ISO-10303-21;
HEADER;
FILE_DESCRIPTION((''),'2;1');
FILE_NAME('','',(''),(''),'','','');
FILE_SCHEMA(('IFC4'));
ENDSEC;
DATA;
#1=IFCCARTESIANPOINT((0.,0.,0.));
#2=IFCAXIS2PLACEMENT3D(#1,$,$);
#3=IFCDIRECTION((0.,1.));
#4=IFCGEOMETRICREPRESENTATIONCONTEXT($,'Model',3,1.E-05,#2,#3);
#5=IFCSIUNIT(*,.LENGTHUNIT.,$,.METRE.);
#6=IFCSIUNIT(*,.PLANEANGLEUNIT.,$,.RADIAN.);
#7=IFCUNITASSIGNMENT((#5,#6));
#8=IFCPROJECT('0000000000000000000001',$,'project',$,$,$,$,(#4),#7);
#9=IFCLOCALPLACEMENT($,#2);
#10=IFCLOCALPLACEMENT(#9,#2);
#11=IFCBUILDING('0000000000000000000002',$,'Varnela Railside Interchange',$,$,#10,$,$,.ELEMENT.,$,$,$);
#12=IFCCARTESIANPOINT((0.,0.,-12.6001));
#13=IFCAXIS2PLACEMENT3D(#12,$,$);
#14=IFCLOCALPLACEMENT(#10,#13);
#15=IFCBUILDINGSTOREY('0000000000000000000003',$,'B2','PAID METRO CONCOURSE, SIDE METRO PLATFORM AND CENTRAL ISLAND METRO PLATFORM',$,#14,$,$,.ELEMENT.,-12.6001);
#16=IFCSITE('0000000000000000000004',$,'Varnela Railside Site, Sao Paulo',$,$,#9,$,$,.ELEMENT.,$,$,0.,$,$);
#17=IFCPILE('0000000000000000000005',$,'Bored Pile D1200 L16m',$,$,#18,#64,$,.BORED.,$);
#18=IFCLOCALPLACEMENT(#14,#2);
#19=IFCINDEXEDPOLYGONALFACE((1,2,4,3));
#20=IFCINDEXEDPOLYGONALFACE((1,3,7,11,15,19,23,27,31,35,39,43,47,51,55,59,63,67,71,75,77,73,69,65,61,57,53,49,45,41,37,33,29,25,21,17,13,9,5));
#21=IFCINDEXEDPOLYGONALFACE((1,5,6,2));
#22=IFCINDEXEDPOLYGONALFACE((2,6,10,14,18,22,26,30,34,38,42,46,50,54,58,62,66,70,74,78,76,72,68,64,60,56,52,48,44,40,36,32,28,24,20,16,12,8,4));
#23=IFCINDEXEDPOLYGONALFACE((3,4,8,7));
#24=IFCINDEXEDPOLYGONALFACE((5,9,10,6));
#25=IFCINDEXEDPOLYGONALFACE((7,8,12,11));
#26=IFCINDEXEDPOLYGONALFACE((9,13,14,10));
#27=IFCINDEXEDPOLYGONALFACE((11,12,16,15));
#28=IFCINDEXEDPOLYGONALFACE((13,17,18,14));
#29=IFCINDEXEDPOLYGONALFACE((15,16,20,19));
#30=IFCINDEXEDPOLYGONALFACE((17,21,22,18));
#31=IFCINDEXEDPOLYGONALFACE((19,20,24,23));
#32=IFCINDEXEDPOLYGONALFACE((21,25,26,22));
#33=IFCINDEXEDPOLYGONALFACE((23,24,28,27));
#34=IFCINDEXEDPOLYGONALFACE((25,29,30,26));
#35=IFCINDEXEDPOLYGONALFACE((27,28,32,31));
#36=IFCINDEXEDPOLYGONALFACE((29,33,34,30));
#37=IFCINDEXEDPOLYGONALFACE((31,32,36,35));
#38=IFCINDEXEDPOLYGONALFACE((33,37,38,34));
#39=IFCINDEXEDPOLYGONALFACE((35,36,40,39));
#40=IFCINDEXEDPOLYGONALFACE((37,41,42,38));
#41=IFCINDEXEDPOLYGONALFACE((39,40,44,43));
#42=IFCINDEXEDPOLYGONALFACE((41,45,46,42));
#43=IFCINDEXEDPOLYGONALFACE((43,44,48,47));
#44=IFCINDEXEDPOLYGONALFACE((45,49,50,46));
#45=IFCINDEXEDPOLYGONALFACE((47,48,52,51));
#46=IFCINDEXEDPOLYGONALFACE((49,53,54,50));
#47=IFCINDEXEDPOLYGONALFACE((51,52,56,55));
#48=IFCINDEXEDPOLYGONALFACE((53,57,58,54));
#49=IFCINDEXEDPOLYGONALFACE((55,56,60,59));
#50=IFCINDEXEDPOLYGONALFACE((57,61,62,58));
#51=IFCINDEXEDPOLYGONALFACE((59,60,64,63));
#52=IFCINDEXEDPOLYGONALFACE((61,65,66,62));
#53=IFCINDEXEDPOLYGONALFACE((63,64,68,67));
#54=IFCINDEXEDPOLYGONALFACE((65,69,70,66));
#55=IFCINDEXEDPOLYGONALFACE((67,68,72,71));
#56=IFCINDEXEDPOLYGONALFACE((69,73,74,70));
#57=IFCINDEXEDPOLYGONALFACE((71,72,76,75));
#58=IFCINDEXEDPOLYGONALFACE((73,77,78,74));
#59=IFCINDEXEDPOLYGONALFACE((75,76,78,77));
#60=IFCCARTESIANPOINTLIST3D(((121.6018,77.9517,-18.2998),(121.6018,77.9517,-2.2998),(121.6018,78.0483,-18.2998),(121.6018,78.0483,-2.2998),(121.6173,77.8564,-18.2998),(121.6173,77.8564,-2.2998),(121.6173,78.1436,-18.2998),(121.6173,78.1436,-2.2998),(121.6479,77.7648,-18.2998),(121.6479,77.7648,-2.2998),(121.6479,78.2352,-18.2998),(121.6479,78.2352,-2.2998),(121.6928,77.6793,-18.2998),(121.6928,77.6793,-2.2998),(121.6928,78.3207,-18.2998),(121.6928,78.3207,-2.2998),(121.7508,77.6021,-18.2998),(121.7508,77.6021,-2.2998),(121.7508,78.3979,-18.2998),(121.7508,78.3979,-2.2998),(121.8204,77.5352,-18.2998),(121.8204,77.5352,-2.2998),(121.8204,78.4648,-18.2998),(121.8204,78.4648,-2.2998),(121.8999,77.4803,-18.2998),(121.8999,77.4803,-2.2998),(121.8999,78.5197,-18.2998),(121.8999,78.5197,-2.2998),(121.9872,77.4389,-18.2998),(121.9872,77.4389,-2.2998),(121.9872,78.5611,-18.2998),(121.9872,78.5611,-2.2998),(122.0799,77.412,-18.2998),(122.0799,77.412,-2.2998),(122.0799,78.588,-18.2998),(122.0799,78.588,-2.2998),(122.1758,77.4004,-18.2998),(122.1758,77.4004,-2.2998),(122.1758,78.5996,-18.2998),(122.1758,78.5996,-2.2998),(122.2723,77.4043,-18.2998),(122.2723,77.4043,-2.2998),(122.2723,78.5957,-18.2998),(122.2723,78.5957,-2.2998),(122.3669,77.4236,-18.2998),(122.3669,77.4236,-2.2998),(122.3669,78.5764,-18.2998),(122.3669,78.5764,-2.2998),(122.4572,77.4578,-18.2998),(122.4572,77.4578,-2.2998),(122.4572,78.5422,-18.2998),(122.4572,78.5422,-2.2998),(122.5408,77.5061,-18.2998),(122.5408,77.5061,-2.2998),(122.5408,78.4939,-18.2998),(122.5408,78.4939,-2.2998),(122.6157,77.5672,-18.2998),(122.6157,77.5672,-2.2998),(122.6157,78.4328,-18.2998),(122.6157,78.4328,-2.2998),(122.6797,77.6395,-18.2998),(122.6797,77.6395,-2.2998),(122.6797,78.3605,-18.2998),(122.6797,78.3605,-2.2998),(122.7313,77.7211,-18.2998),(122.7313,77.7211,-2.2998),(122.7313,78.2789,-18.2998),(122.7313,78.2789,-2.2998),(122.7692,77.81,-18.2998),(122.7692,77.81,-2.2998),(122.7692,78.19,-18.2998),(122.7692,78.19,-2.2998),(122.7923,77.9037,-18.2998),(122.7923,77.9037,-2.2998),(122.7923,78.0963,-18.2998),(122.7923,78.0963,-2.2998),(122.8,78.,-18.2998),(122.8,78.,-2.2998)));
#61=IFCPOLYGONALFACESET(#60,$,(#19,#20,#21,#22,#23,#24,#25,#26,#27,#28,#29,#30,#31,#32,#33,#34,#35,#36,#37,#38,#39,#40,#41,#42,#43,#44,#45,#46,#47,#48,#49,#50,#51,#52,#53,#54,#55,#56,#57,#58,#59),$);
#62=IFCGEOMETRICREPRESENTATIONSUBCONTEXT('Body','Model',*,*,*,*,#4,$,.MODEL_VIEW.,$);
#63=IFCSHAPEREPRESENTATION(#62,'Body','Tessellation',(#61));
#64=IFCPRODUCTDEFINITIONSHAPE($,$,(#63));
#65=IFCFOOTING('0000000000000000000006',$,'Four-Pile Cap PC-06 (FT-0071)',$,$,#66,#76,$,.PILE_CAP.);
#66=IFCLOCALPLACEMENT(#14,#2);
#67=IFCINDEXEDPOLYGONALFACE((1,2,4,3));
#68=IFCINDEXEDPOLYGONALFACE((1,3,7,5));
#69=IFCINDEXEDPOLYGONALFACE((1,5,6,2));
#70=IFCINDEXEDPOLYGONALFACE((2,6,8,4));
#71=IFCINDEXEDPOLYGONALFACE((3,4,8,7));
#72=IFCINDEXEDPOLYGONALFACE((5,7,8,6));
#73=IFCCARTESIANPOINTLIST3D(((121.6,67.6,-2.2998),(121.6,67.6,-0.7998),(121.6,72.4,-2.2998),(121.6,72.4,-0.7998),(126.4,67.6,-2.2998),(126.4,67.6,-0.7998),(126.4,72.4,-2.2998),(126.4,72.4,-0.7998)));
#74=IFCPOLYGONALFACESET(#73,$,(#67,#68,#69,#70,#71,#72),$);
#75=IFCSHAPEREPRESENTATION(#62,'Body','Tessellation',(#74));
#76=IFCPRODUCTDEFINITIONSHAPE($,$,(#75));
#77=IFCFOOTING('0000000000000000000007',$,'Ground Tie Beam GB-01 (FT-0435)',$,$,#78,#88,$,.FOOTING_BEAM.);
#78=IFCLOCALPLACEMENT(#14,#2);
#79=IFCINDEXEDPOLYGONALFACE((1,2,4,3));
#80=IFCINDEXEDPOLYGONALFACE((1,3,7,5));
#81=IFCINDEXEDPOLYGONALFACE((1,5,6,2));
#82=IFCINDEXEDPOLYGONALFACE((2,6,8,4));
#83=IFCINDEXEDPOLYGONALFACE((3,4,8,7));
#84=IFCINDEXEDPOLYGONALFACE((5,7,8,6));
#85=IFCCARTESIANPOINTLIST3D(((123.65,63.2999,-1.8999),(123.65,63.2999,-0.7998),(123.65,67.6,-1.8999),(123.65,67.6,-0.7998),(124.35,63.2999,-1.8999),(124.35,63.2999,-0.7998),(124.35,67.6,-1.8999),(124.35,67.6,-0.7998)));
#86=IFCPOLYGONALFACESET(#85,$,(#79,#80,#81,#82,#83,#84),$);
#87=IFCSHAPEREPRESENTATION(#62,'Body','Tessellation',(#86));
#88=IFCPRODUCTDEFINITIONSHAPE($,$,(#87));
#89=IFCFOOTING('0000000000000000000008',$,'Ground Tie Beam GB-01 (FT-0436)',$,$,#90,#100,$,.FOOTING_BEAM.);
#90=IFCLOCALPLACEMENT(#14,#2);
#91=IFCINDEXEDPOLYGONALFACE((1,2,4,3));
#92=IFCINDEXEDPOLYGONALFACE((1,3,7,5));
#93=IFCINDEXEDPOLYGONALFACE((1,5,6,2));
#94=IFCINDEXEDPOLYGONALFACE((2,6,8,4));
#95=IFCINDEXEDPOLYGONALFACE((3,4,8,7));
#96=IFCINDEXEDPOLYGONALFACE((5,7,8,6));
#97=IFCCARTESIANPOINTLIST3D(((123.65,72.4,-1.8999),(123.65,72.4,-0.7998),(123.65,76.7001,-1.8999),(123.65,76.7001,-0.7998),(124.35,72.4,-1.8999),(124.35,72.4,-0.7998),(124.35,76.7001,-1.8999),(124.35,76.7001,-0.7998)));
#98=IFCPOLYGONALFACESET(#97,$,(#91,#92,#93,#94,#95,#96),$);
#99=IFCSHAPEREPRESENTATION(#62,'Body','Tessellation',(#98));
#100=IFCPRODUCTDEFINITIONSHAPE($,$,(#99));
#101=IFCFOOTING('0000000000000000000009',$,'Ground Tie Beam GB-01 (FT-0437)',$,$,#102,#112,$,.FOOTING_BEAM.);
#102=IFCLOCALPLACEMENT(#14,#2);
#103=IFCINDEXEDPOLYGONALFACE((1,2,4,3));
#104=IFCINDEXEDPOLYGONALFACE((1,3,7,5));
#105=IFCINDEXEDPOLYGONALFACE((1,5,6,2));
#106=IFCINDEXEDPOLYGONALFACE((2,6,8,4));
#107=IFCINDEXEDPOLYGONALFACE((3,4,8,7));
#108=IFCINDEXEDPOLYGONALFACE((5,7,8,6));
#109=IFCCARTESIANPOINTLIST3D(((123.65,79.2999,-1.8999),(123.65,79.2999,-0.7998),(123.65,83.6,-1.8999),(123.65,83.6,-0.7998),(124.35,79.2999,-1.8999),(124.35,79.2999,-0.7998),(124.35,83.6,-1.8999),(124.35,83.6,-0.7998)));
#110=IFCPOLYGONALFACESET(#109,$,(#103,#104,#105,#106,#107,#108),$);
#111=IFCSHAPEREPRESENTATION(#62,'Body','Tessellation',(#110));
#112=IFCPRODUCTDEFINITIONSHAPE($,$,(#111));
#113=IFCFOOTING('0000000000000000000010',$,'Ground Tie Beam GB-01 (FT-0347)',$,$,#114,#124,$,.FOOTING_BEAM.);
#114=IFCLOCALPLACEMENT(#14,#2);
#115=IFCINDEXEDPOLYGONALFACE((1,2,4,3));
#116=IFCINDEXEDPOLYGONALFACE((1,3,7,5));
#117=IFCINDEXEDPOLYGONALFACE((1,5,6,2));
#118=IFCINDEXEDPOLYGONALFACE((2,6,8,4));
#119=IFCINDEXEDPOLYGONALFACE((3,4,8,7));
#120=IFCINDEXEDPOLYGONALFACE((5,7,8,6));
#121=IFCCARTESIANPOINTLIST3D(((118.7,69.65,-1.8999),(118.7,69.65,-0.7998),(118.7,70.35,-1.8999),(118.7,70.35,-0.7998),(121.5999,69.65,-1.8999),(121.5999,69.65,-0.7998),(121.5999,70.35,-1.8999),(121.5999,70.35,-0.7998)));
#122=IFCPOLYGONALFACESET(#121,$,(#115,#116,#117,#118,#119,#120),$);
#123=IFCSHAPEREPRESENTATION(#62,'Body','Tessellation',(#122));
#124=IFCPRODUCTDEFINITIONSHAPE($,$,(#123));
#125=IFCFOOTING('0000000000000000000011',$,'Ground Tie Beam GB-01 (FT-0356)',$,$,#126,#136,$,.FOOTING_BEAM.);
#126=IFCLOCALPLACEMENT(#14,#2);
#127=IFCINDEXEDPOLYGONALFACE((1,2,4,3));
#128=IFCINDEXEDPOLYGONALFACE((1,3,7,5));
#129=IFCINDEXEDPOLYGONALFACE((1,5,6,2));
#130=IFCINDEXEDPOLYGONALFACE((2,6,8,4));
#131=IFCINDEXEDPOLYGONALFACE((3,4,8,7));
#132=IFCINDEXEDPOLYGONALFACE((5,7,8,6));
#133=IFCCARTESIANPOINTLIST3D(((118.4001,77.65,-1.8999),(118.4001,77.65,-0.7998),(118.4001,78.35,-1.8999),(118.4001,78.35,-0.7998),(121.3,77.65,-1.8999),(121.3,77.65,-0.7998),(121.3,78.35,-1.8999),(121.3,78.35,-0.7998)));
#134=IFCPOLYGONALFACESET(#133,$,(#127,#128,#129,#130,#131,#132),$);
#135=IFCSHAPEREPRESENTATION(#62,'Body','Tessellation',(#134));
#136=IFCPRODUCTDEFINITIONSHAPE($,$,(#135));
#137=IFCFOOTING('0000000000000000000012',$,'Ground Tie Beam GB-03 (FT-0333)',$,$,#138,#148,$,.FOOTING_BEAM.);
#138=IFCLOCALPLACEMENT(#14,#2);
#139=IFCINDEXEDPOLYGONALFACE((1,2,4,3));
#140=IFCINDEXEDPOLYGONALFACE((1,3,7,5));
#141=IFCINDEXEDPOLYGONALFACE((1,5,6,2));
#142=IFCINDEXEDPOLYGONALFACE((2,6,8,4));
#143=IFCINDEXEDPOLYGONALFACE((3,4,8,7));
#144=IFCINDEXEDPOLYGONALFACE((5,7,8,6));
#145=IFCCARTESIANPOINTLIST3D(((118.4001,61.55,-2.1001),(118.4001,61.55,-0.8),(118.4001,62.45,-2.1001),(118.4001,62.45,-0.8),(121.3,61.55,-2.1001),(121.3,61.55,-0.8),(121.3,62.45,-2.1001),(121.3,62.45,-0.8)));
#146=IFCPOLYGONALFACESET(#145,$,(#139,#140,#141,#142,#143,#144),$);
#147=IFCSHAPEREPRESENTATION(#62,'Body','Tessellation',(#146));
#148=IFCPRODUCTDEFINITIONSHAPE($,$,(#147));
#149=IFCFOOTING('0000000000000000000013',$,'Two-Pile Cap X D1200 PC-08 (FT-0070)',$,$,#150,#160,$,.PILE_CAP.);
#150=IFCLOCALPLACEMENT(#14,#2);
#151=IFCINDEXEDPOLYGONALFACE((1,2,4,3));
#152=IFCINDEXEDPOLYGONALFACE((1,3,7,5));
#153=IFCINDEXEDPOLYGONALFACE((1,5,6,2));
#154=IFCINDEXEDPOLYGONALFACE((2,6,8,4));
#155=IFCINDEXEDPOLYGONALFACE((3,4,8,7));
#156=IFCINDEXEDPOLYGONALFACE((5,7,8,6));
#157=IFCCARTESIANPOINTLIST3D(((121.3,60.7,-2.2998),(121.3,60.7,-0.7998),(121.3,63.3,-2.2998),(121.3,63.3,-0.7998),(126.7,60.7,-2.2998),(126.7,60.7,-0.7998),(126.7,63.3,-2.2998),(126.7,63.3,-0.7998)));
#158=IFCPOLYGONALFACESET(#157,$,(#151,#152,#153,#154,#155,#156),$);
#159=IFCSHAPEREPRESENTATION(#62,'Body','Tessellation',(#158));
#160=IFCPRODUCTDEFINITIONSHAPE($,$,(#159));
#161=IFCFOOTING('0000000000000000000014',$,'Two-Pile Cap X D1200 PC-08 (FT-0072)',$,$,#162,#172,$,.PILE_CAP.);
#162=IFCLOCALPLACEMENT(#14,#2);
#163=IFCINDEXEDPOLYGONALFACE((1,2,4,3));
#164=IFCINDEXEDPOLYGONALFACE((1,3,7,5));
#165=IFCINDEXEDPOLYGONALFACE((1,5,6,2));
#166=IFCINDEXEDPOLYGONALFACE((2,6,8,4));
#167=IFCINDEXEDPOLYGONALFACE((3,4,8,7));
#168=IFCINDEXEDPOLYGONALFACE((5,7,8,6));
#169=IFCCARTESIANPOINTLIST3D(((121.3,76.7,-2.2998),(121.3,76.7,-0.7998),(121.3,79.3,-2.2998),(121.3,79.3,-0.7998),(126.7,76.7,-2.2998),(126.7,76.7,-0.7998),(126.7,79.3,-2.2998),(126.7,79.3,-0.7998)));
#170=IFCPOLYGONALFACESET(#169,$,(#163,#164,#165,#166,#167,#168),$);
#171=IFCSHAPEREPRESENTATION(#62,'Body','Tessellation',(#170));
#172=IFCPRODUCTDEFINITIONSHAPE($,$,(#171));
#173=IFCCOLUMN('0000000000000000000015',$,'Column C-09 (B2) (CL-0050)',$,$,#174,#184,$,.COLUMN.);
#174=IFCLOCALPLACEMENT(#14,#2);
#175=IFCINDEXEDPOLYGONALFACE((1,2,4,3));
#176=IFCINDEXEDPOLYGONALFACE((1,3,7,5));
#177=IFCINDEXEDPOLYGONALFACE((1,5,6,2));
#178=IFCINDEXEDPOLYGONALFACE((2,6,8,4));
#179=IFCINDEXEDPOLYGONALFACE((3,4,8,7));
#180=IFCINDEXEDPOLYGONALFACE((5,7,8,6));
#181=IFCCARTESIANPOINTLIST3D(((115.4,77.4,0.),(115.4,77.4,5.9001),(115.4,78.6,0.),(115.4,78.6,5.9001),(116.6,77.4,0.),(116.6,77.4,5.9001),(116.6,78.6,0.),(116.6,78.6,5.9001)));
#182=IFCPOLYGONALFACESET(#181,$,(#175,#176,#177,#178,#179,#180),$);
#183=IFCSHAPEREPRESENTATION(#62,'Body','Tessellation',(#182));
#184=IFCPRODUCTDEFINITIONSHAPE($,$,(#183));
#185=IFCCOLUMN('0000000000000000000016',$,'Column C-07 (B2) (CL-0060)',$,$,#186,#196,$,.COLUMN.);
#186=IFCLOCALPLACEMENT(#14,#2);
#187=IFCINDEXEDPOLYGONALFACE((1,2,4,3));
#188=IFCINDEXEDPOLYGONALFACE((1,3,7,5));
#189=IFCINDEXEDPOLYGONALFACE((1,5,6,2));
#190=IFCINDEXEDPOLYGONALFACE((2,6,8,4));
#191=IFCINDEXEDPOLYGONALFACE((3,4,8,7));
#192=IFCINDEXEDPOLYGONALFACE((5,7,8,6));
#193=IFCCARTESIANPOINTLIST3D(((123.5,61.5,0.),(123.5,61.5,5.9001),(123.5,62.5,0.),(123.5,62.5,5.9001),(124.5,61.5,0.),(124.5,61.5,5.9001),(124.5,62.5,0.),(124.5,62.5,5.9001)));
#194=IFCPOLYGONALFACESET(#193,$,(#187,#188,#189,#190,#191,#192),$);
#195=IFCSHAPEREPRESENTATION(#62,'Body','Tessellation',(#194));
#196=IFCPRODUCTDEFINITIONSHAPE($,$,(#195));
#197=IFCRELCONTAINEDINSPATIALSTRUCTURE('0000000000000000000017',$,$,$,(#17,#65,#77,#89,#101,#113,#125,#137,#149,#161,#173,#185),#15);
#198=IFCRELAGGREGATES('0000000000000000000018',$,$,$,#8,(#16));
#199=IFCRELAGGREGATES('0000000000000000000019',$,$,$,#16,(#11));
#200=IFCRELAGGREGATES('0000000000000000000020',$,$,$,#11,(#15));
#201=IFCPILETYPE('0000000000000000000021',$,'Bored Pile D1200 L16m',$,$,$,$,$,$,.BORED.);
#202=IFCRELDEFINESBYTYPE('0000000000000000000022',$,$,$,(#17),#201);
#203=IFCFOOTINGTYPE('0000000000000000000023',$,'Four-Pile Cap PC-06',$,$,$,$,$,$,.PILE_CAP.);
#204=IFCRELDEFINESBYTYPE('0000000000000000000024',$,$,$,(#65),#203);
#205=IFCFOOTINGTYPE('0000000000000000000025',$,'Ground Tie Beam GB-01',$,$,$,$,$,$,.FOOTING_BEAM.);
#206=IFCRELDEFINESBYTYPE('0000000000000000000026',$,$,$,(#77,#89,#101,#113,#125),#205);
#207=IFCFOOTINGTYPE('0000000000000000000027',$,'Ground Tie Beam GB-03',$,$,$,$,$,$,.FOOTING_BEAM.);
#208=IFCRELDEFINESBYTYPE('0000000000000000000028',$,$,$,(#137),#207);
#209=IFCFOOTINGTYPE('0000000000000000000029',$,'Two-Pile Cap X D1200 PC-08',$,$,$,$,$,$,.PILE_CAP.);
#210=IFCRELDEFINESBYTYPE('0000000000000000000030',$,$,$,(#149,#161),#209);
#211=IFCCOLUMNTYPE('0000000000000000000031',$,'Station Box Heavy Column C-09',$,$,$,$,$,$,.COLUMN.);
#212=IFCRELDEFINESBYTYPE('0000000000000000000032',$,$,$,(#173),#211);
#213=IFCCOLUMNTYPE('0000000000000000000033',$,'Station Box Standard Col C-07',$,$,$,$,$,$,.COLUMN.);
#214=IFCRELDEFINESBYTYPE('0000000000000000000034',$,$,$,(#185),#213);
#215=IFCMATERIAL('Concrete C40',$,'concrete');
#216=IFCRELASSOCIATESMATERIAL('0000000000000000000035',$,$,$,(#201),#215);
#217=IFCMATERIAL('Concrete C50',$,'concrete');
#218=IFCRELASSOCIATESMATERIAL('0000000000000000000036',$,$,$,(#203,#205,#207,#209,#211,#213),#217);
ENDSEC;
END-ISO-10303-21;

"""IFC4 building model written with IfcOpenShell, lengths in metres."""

from ifc_helpers import new_model, si_unit, direction, frame, origin, origin_2d, place, context, subcontext, project, spatial, rectangle, circle, extrude, material, material_profile, profile_set, type_object, element, save


model = new_model("IFC4")

# Units and contexts
model_context = context("Model", 3, precision=1e-05, world=origin(), true_north=direction((0.0, 1.0)))
body_context = subcontext(model_context, "Body", "Model", "MODEL_VIEW")
ifc_project = project(units=[si_unit("LENGTHUNIT", "METRE"), si_unit("PLANEANGLEUNIT", "RADIAN")], contexts=[model_context])

# Site, building, storey
site_placement = place(None, origin())
site = spatial("IfcSite", under=ifc_project, at=site_placement, Name="Varnela Railside Site, Sao Paulo", CompositionType="ELEMENT", RefElevation=0.0)
building_placement = place(site_placement, origin())
building = spatial("IfcBuilding", under=site, at=building_placement, Name="Varnela Railside Interchange", CompositionType="ELEMENT")
storey_placement = place(building_placement, frame((0.0, 0.0, -12.6001)))
storey = spatial("IfcBuildingStorey", under=building, at=storey_placement, Name="B2", Description="PAID METRO CONCOURSE, SIDE METRO PLATFORM AND CENTRAL ISLAND METRO PLATFORM", CompositionType="ELEMENT", Elevation=-12.6001)

# Pile
ifc_material_1 = material(Name="Concrete C40", Category="concrete")
ifc_material_profile_1 = material_profile(ifc_material_1, circle(Radius=0.6001, at=origin_2d()), Name="BORED PILE D1200")
ifc_profile_set_1 = profile_set([ifc_material_profile_1], Name="Concrete C40")
pile_type_1 = type_object("IfcPileType", Name="Bored Pile D1200 L16m", PredefinedType="BORED", material=ifc_profile_set_1)
for number, where, z_axis, x_axis, name in (
    (1, (122.2, 78.0, -2.2998), (0.0, 0.0, -1.0), (1.0, 0.0, 0.0), "Bored Pile D1200 L16m"),
):
    element("IfcPile", number, at=place(storey_placement, frame(where, z_axis=z_axis, x_axis=x_axis)), inside=storey, type_object=pile_type_1, Name=name, PredefinedType="BORED", context=body_context, shape_type="SweptSolid", body=[
        extrude(circle(Radius=0.6001, at=origin_2d()), origin(), (0.0, 0.0, 1.0), 16.0),
    ])

# Footings
ifc_material_2 = material(Name="Concrete C50", Category="concrete")
footing_type_1 = type_object("IfcFootingType", Name="Four-Pile Cap PC-06", PredefinedType="PILE_CAP", material=ifc_material_2)
footing_1_placement = place(storey_placement, frame((124.0, 70.0, -2.2998), z_axis=(0.0, 0.0, 1.0), x_axis=(1.0, 0.0, 0.0)))
element("IfcFooting", 2, at=footing_1_placement, inside=storey, type_object=footing_type_1, Name="Four-Pile Cap PC-06 (FT-0071)", PredefinedType="PILE_CAP", context=body_context, shape_type="SweptSolid", body=[
    extrude(rectangle(XDim=4.8, YDim=4.8, at=origin_2d()), origin(), (0.0, 0.0, 1.0), 1.5),
])
footing_type_2 = type_object("IfcFootingType", Name="Ground Tie Beam GB-01", PredefinedType="FOOTING_BEAM", material=ifc_material_2)
for number, where, z_axis, x_axis, name in (
    (3, (124.0, 65.45, -1.8999), (0.0, 0.0, 1.0), (1.0, 0.0, 0.0), "Ground Tie Beam GB-01 (FT-0435)"),
    (4, (124.0, 74.55, -1.8999), (0.0, 0.0, 1.0), (1.0, 0.0, 0.0), "Ground Tie Beam GB-01 (FT-0436)"),
    (5, (124.0, 81.45, -1.8999), (0.0, 0.0, 1.0), (1.0, 0.0, 0.0), "Ground Tie Beam GB-01 (FT-0437)"),
):
    element("IfcFooting", number, at=place(storey_placement, frame(where, z_axis=z_axis, x_axis=x_axis)), inside=storey, type_object=footing_type_2, Name=name, PredefinedType="FOOTING_BEAM", context=body_context, shape_type="SweptSolid", body=[
        extrude(rectangle(XDim=0.7, YDim=4.3, at=origin_2d()), origin(), (0.0, 0.0, 1.0), 1.1001),
    ])
for number, where, z_axis, x_axis, name in (
    (6, (120.1499, 70.0, -1.8999), (0.0, 0.0, 1.0), (1.0, 0.0, 0.0), "Ground Tie Beam GB-01 (FT-0347)"),
    (7, (119.8501, 78.0, -1.8999), (0.0, 0.0, 1.0), (1.0, 0.0, 0.0), "Ground Tie Beam GB-01 (FT-0356)"),
):
    element("IfcFooting", number, at=place(storey_placement, frame(where, z_axis=z_axis, x_axis=x_axis)), inside=storey, type_object=footing_type_2, Name=name, PredefinedType="FOOTING_BEAM", context=body_context, shape_type="SweptSolid", body=[
        extrude(rectangle(XDim=2.8999, YDim=0.7, at=origin_2d()), origin(), (0.0, 0.0, 1.0), 1.1001),
    ])
footing_type_3 = type_object("IfcFootingType", Name="Ground Tie Beam GB-03", PredefinedType="FOOTING_BEAM", material=ifc_material_2)
footing_2_placement = place(storey_placement, frame((119.8501, 62.0, -2.1001), z_axis=(0.0, 0.0, 1.0), x_axis=(1.0, 0.0, 0.0)))
element("IfcFooting", 8, at=footing_2_placement, inside=storey, type_object=footing_type_3, Name="Ground Tie Beam GB-03 (FT-0333)", PredefinedType="FOOTING_BEAM", context=body_context, shape_type="SweptSolid", body=[
    extrude(rectangle(XDim=2.8999, YDim=0.8999, at=origin_2d()), origin(), (0.0, 0.0, 1.0), 1.3),
])
footing_type_4 = type_object("IfcFootingType", Name="Two-Pile Cap X D1200 PC-08", PredefinedType="PILE_CAP", material=ifc_material_2)
for number, where, z_axis, x_axis, name in (
    (9, (124.0, 62.0, -2.2998), (0.0, 0.0, 1.0), (1.0, 0.0, 0.0), "Two-Pile Cap X D1200 PC-08 (FT-0070)"),
    (10, (124.0, 78.0, -2.2998), (0.0, 0.0, 1.0), (1.0, 0.0, 0.0), "Two-Pile Cap X D1200 PC-08 (FT-0072)"),
):
    element("IfcFooting", number, at=place(storey_placement, frame(where, z_axis=z_axis, x_axis=x_axis)), inside=storey, type_object=footing_type_4, Name=name, PredefinedType="PILE_CAP", context=body_context, shape_type="SweptSolid", body=[
        extrude(rectangle(XDim=5.3999, YDim=2.6001, at=origin_2d()), origin(), (0.0, 0.0, 1.0), 1.5),
    ])

# Columns
ifc_material_profile_2 = material_profile(ifc_material_2, rectangle(XDim=1.2, YDim=1.2, at=origin_2d()), Name="RC 1200x1200")
ifc_profile_set_2 = profile_set([ifc_material_profile_2], Name="Concrete C50")
column_type_1 = type_object("IfcColumnType", Name="Station Box Heavy Column C-09", PredefinedType="COLUMN", material=ifc_profile_set_2)
column_placement = place(storey_placement, frame((116.0, 78.0, 0.0), z_axis=(0.0, 0.0, 1.0), x_axis=(1.0, 0.0, 0.0)))
element("IfcColumn", 11, at=column_placement, inside=storey, type_object=column_type_1, Name="Column C-09 (B2) (CL-0050)", PredefinedType="COLUMN", context=body_context, shape_type="SweptSolid", body=[
    extrude(rectangle(XDim=1.2, YDim=1.2, at=origin_2d()), origin(), (0.0, 0.0, 1.0), 5.9001),
])
ifc_material_profile_3 = material_profile(ifc_material_2, rectangle(XDim=1.0, YDim=1.0, at=origin_2d()), Name="RC 1000x1000")
ifc_profile_set_3 = profile_set([ifc_material_profile_3], Name="Concrete C50")
column_type_2 = type_object("IfcColumnType", Name="Station Box Standard Col C-07", PredefinedType="COLUMN", material=ifc_profile_set_3)
for number, where, z_axis, x_axis, name in (
    (12, (124.0, 62.0, 0.0), (0.0, 0.0, 1.0), (1.0, 0.0, 0.0), "Column C-07 (B2) (CL-0060)"),
):
    element("IfcColumn", number, at=place(storey_placement, frame(where, z_axis=z_axis, x_axis=x_axis)), inside=storey, type_object=column_type_2, Name=name, PredefinedType="COLUMN", context=body_context, shape_type="SweptSolid", body=[
        extrude(rectangle(XDim=1.0, YDim=1.0, at=origin_2d()), origin(), (0.0, 0.0, 1.0), 5.9001),
    ])

save(model, "model.ifc")
